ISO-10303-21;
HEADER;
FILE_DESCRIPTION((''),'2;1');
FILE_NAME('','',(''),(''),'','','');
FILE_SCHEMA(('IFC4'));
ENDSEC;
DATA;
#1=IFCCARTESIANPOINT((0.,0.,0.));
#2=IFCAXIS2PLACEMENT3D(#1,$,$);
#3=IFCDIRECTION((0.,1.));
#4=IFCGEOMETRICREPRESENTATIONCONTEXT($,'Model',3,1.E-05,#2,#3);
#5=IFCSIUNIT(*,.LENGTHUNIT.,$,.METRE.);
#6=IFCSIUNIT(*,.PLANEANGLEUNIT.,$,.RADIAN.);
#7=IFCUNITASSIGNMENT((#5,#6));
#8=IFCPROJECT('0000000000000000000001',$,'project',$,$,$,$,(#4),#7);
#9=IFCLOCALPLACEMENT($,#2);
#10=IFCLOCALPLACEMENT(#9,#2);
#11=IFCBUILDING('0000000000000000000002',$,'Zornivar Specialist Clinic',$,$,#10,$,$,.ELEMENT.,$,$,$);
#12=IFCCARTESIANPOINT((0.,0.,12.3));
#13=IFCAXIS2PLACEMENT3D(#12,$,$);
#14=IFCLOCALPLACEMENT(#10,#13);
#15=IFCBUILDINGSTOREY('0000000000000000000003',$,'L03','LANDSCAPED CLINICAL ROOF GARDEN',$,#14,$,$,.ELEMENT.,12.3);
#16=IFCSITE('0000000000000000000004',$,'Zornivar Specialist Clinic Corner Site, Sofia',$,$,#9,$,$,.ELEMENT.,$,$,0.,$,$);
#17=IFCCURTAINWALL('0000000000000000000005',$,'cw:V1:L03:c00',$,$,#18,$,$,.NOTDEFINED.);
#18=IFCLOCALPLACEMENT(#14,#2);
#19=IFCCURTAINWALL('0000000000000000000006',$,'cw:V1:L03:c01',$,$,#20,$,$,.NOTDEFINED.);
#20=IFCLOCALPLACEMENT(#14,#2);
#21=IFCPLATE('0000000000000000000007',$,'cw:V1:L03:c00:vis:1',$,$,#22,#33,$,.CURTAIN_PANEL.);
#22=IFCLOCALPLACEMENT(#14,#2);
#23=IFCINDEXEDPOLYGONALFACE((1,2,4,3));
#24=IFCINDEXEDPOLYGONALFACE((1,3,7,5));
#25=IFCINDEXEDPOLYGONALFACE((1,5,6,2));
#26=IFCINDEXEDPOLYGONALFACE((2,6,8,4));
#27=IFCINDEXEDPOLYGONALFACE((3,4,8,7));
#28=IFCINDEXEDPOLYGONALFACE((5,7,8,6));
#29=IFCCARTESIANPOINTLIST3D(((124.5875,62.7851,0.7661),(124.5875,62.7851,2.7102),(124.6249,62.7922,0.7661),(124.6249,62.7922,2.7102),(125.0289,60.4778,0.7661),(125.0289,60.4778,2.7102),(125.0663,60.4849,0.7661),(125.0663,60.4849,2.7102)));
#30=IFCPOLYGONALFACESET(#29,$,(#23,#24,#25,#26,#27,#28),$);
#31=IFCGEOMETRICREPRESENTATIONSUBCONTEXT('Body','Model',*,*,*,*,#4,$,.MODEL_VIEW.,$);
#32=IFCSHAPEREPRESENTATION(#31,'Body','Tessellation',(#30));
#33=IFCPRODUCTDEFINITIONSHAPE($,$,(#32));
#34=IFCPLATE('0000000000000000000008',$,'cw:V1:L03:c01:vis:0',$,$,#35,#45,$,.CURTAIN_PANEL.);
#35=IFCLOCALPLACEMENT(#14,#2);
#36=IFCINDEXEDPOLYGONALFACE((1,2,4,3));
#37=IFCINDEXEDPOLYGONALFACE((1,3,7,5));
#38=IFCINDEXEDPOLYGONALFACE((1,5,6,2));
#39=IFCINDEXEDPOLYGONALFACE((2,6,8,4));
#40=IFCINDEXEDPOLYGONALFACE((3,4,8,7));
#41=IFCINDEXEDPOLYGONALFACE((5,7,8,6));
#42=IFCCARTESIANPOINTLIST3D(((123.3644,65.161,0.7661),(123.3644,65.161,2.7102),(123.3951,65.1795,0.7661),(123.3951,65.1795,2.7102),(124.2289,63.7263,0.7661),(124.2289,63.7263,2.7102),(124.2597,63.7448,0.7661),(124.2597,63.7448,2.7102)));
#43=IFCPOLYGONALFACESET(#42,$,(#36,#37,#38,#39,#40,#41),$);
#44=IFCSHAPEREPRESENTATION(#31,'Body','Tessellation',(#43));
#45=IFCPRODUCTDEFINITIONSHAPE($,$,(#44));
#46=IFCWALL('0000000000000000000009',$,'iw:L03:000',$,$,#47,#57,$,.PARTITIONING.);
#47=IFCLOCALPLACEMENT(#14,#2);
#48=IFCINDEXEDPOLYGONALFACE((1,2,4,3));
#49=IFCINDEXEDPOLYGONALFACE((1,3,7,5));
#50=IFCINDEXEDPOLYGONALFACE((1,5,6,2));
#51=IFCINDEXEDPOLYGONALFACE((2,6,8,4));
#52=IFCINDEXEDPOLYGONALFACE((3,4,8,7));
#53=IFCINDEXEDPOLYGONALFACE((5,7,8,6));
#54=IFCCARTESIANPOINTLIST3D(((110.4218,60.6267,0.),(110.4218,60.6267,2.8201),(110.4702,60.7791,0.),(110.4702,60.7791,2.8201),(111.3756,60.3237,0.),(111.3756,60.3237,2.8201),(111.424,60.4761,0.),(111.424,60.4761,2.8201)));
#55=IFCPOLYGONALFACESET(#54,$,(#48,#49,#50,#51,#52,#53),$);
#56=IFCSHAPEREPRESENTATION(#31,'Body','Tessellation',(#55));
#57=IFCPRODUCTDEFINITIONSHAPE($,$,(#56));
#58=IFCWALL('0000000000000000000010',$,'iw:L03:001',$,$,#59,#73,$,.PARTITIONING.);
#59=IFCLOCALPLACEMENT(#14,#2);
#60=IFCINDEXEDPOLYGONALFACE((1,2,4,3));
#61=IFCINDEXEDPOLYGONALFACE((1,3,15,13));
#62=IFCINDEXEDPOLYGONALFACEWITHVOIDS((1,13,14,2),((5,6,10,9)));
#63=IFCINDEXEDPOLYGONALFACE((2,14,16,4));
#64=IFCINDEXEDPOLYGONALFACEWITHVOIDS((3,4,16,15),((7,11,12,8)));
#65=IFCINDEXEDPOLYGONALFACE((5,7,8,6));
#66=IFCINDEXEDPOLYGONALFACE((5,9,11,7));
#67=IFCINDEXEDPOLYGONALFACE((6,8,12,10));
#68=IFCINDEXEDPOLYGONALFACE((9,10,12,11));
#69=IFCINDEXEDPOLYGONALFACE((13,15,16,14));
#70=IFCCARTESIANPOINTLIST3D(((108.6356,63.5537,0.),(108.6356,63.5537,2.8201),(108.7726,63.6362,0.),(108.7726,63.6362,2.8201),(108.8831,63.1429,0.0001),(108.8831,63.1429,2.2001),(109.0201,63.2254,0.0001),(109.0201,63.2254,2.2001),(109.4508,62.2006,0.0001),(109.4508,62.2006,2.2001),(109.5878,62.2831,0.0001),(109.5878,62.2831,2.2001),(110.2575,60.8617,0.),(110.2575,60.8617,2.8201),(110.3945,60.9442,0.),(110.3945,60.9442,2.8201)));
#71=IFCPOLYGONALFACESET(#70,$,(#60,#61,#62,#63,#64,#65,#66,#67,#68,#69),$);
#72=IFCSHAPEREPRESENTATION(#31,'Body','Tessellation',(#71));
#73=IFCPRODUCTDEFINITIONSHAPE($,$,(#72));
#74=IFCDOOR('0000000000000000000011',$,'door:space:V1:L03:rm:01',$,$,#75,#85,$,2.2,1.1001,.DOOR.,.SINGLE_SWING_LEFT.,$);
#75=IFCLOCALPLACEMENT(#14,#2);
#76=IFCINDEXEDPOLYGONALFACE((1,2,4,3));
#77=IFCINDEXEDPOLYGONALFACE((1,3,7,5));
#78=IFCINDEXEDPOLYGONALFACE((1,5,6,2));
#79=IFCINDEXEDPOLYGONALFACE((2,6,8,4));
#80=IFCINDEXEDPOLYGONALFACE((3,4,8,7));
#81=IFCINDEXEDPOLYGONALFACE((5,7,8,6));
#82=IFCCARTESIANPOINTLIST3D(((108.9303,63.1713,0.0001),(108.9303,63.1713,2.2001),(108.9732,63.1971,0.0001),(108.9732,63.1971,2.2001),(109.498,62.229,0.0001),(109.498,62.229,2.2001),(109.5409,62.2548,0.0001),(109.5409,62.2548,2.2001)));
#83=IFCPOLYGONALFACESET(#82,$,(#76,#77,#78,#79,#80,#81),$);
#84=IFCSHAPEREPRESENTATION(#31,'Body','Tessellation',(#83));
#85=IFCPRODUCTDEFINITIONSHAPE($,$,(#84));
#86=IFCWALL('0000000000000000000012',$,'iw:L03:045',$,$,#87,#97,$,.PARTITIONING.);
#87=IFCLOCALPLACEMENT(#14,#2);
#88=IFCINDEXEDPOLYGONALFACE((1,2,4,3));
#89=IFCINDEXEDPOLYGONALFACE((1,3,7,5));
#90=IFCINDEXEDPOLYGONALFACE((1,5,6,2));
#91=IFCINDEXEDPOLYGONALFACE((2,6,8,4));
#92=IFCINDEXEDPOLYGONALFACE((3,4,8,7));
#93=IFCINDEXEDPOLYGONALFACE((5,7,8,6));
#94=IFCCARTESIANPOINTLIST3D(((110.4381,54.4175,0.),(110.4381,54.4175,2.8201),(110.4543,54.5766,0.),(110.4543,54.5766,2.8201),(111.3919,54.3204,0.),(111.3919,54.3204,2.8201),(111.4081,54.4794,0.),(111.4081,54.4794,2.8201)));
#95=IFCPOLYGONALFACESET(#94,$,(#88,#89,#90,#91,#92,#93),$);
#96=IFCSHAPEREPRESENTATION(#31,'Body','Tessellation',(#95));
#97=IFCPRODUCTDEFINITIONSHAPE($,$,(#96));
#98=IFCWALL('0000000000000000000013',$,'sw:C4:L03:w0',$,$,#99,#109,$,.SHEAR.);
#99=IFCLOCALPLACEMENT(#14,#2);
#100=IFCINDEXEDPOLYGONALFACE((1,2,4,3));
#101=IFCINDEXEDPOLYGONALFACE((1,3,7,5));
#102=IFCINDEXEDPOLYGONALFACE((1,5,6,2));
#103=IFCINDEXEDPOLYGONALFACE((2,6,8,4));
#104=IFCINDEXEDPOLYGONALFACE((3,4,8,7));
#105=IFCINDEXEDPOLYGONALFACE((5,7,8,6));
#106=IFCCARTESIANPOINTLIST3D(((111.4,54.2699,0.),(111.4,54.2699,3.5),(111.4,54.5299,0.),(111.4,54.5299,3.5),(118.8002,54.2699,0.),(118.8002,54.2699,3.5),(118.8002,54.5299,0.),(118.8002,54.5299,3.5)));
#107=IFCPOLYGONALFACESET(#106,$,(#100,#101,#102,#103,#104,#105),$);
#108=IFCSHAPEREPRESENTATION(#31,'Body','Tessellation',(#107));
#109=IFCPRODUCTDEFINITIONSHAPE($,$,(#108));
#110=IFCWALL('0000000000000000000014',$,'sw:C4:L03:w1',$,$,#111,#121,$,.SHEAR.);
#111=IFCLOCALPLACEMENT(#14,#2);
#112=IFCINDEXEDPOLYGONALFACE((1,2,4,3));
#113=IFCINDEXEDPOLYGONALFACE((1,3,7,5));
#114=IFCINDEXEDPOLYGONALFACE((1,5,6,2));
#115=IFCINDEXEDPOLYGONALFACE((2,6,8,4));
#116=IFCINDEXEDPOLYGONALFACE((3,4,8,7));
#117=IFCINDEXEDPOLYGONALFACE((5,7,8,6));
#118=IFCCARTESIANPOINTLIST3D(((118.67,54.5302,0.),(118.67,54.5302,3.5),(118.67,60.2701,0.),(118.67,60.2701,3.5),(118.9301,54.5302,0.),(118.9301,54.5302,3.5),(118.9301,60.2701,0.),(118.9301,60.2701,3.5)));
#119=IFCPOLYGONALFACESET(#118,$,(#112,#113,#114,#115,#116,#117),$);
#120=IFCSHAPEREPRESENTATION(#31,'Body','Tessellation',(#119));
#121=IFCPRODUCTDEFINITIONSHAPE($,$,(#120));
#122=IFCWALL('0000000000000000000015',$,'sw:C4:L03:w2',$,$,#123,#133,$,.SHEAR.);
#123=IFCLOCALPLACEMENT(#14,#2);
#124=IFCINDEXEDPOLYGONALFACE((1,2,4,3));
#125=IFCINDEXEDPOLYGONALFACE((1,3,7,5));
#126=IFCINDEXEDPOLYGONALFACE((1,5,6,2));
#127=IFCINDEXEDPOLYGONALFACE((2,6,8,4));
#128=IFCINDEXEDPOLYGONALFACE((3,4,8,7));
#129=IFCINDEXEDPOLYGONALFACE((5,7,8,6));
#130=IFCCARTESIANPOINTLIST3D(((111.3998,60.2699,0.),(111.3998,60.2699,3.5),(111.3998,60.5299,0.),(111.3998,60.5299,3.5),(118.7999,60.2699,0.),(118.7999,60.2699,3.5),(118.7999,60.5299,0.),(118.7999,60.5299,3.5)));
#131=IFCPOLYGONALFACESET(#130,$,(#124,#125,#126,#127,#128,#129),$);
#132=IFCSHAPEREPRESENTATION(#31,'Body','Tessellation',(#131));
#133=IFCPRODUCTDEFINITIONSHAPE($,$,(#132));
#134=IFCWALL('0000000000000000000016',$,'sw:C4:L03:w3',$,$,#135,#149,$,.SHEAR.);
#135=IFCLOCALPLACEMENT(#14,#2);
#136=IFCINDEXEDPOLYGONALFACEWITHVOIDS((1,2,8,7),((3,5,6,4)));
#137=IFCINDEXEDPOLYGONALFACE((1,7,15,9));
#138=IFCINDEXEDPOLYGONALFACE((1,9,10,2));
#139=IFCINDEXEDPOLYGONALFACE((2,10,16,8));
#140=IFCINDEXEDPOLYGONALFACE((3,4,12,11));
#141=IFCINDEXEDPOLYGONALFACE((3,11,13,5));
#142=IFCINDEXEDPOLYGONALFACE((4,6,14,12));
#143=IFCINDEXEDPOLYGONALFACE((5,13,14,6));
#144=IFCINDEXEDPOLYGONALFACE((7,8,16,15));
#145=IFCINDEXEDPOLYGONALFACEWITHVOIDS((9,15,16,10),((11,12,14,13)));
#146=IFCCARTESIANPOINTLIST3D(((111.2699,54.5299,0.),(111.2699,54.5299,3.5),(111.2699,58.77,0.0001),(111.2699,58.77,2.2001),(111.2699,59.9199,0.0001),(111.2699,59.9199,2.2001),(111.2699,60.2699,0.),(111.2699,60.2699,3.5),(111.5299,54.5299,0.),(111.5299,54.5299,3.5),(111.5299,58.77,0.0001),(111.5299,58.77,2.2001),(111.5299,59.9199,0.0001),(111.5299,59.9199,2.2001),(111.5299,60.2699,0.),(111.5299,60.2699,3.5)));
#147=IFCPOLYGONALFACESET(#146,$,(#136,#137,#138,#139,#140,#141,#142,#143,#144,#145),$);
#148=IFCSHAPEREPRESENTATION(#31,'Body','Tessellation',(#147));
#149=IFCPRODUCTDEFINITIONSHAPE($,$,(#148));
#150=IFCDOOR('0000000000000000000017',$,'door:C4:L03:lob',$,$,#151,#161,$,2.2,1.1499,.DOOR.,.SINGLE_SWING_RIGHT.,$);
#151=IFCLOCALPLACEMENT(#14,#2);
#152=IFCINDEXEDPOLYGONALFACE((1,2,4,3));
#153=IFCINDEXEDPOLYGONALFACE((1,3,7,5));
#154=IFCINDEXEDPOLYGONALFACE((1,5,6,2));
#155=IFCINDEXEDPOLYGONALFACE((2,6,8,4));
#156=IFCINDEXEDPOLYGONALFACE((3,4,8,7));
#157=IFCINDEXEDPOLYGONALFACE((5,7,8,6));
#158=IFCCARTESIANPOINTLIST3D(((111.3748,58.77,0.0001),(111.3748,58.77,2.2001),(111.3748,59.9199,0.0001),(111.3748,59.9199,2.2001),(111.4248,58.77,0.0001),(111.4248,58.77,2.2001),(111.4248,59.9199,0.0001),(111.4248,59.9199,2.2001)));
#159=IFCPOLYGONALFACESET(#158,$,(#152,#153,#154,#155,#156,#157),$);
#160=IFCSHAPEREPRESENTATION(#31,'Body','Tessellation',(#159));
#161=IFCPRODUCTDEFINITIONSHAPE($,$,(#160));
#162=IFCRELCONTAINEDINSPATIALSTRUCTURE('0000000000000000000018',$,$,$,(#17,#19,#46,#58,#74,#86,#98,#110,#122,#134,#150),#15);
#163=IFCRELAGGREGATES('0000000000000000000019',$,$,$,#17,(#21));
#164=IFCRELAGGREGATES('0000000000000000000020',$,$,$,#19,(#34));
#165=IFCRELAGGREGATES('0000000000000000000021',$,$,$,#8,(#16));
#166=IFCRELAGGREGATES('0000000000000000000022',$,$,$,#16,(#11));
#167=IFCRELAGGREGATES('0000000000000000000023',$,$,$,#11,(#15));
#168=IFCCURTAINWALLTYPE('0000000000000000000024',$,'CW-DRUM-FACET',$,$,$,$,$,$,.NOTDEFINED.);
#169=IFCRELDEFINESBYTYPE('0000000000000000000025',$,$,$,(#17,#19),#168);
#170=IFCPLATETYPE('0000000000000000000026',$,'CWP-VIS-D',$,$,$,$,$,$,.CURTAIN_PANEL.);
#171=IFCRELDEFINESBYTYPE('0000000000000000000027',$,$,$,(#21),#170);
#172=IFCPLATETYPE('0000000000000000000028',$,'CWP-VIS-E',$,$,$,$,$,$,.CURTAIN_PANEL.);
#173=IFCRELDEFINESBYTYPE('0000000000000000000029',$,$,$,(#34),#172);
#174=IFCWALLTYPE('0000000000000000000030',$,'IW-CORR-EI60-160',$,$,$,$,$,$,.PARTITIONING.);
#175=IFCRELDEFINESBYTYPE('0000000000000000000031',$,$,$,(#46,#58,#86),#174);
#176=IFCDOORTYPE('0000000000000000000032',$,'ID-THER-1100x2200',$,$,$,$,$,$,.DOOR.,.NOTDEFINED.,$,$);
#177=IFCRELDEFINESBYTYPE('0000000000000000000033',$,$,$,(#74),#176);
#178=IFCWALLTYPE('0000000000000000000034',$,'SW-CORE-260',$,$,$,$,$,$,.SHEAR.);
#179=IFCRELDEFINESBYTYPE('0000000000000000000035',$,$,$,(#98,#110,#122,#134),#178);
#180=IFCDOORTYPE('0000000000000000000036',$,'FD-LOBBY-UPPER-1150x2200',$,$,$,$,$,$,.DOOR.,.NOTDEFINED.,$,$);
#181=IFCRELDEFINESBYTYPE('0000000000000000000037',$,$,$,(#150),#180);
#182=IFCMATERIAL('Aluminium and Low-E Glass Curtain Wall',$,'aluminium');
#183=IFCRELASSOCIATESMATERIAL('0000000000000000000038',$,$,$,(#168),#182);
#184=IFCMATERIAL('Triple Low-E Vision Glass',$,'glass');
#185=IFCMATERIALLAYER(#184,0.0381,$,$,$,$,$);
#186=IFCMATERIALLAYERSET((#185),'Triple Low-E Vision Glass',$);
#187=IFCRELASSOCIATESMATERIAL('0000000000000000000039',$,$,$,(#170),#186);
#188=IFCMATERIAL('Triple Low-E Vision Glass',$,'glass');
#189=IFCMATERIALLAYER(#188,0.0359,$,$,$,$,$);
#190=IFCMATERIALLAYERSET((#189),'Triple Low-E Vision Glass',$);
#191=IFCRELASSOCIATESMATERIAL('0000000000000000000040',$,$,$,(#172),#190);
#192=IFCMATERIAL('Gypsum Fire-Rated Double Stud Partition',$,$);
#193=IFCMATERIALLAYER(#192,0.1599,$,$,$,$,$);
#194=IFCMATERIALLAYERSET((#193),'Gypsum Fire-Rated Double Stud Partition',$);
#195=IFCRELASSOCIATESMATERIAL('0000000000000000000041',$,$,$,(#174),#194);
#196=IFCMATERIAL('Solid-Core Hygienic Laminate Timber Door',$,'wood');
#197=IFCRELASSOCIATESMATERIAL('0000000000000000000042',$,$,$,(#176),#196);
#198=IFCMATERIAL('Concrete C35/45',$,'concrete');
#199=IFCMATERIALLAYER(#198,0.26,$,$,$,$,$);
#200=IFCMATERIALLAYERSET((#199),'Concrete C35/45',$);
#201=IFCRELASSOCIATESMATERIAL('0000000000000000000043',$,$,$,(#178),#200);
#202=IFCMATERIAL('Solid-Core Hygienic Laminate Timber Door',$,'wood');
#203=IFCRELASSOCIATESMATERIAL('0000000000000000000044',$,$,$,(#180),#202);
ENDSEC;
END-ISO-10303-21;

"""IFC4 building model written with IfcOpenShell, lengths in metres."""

from ifc_helpers import new_model, si_unit, direction, frame, frame_2d, origin, origin_2d, place, context, subcontext, project, spatial, rectangle, extrude, material, layer, layer_set, type_object, element, fill, aggregate, save


model = new_model("IFC4")

# Units and contexts
model_context = context("Model", 3, precision=1e-05, world=origin(), true_north=direction((0.0, 1.0)))
body_context = subcontext(model_context, "Body", "Model", "MODEL_VIEW")
ifc_project = project(units=[si_unit("LENGTHUNIT", "METRE"), si_unit("PLANEANGLEUNIT", "RADIAN")], contexts=[model_context])

# Site, building, storey
site_placement = place(None, origin())
site = spatial("IfcSite", under=ifc_project, at=site_placement, Name="Zornivar Specialist Clinic Corner Site, Sofia", CompositionType="ELEMENT", RefElevation=0.0)
building_placement = place(site_placement, origin())
building = spatial("IfcBuilding", under=site, at=building_placement, Name="Zornivar Specialist Clinic", CompositionType="ELEMENT")
storey_placement = place(building_placement, frame((0.0, 0.0, 12.3)))
storey = spatial("IfcBuildingStorey", under=building, at=storey_placement, Name="L03", Description="LANDSCAPED CLINICAL ROOF GARDEN", CompositionType="ELEMENT", Elevation=12.3)

# Curtain wall
ifc_material_1 = material(Name="Aluminium and Low-E Glass Curtain Wall", Category="aluminium")
curtain_wall_type = type_object("IfcCurtainWallType", Name="CW-DRUM-FACET", PredefinedType="NOTDEFINED", material=ifc_material_1)
curtain_wall_1_placement = place(storey_placement, origin())
curtain_wall_1 = element("IfcCurtainWall", 1, at=curtain_wall_1_placement, inside=storey, type_object=curtain_wall_type, Name="cw:V1:L03:c00", PredefinedType="NOTDEFINED")

# Curtain wall
curtain_wall_2_placement = place(storey_placement, origin())
curtain_wall_2 = element("IfcCurtainWall", 2, at=curtain_wall_2_placement, inside=storey, type_object=curtain_wall_type, Name="cw:V1:L03:c01", PredefinedType="NOTDEFINED")

# Plates
ifc_material_2 = material(Name="Triple Low-E Vision Glass", Category="glass")
ifc_layer_1 = layer(ifc_material_2, 0.0381)
ifc_layer_set_1 = layer_set([ifc_layer_1], Name="Triple Low-E Vision Glass")
plate_type_1 = type_object("IfcPlateType", Name="CWP-VIS-D", PredefinedType="CURTAIN_PANEL", material=ifc_layer_set_1)
plate_1_placement = place(storey_placement, frame((124.8269, 61.635, 0.7661), z_axis=(0.0, 0.0, 1.0), x_axis=(-0.187897, 0.982189, 0.0)))
plate_1 = element("IfcPlate", 3, at=plate_1_placement, type_object=plate_type_1, Name="cw:V1:L03:c00:vis:1", PredefinedType="CURTAIN_PANEL", context=body_context, shape_type="SweptSolid", body=[
    extrude(rectangle(XDim=2.3491, YDim=0.0381, at=origin_2d()), origin(), (0.0, 0.0, 1.0), 1.9441),
])
aggregate(curtain_wall_1, [plate_1])
ifc_material_3 = material(Name="Triple Low-E Vision Glass", Category="glass")
ifc_layer_2 = layer(ifc_material_3, 0.0359)
ifc_layer_set_2 = layer_set([ifc_layer_2], Name="Triple Low-E Vision Glass")
plate_type_2 = type_object("IfcPlateType", Name="CWP-VIS-E", PredefinedType="CURTAIN_PANEL", material=ifc_layer_set_2)
plate_2_placement = place(storey_placement, frame((123.812, 64.4529, 0.7661), z_axis=(0.0, 0.0, 1.0), x_axis=(-0.516127, 0.856512, 0.0)))
plate_2 = element("IfcPlate", 4, at=plate_2_placement, type_object=plate_type_2, Name="cw:V1:L03:c01:vis:0", PredefinedType="CURTAIN_PANEL", context=body_context, shape_type="SweptSolid", body=[
    extrude(rectangle(XDim=1.675, YDim=0.0359, at=origin_2d()), origin(), (0.0, 0.0, 1.0), 1.9441),
])
aggregate(curtain_wall_2, [plate_2])

# Wall
ifc_material_4 = material(Name="Gypsum Fire-Rated Double Stud Partition")
ifc_layer_3 = layer(ifc_material_4, 0.1599)
ifc_layer_set_3 = layer_set([ifc_layer_3], Name="Gypsum Fire-Rated Double Stud Partition")
wall_type_1 = type_object("IfcWallType", Name="IW-CORR-EI60-160", PredefinedType="PARTITIONING", material=ifc_layer_set_3)
wall_1_placement = place(storey_placement, frame((111.3999, 60.3999, 0.0), z_axis=(0.0, 0.0, 1.0), x_axis=(-0.953076, 0.30273, 0.0)))
element("IfcWall", 5, at=wall_1_placement, inside=storey, type_object=wall_type_1, Name="iw:L03:000", PredefinedType="PARTITIONING", context=body_context, shape_type="SweptSolid", body=[
    extrude(rectangle(XDim=1.0007, YDim=0.1599, at=frame_2d((0.5005, 0.0))), origin(), (0.0, 0.0, 1.0), 2.8201),
])

# Wall, opening, door
wall_2_placement = place(storey_placement, frame((110.3259, 60.9031, 0.0), z_axis=(0.0, 0.0, 1.0), x_axis=(-0.51606, 0.856552, 0.0)))
wall_2 = element("IfcWall", 6, at=wall_2_placement, inside=storey, type_object=wall_type_1, Name="iw:L03:001", PredefinedType="PARTITIONING", context=body_context, shape_type="SweptSolid", body=[
    extrude(rectangle(XDim=3.1428, YDim=0.1599, at=frame_2d((1.5713, 0.0))), origin(), (0.0, 0.0, 1.0), 2.8201),
])
opening_1_placement = place(wall_2_placement, frame((1.563, 0.0, 0.0)))
opening_1 = element("IfcOpeningElement", 7, at=opening_1_placement, cuts=wall_2, PredefinedType="OPENING", context=body_context, shape_type="SweptSolid", body=[
    extrude(rectangle(XDim=1.1001, YDim=2.2, at=frame_2d((0.55, 1.1001))), frame((0.0, 0.0898, 0.0), z_axis=(0.0, -1.0, 0.0), x_axis=(1.0, 0.0, 0.0)), (0.0, 0.0, 1.0), 0.1799),
])
ifc_material_5 = material(Name="Solid-Core Hygienic Laminate Timber Door", Category="wood")
door_type_1 = type_object("IfcDoorType", Name="ID-THER-1100x2200", OperationType="NOTDEFINED", PredefinedType="DOOR", material=ifc_material_5)
door_1_placement = place(opening_1_placement, origin())
door_1 = element("IfcDoor", 8, at=door_1_placement, inside=storey, type_object=door_type_1, Name="door:space:V1:L03:rm:01", OperationType="SINGLE_SWING_LEFT", OverallHeight=2.2, OverallWidth=1.1001, PredefinedType="DOOR", context=body_context, shape_type="SweptSolid", body=[
    extrude(rectangle(XDim=1.1001, YDim=2.2, at=frame_2d((0.55, 1.1001))), frame((0.0, 0.0249, 0.0), z_axis=(0.0, -1.0, 0.0), x_axis=(1.0, 0.0, 0.0)), (0.0, 0.0, 1.0), 0.05),
])
fill(opening_1, door_1)

# Walls
wall_3_placement = place(storey_placement, frame((110.446, 54.4971, 0.0), z_axis=(0.0, 0.0, 1.0), x_axis=(0.994851, -0.101344, 0.0)))
element("IfcWall", 9, at=wall_3_placement, inside=storey, type_object=wall_type_1, Name="iw:L03:045", PredefinedType="PARTITIONING", context=body_context, shape_type="SweptSolid", body=[
    extrude(rectangle(XDim=0.9587, YDim=0.1599, at=frame_2d((0.4795, 0.0))), origin(), (0.0, 0.0, 1.0), 2.8201),
])
ifc_material_6 = material(Name="Concrete C35/45", Category="concrete")
ifc_layer_4 = layer(ifc_material_6, 0.26)
ifc_layer_set_4 = layer_set([ifc_layer_4], Name="Concrete C35/45")
wall_type_2 = type_object("IfcWallType", Name="SW-CORE-260", PredefinedType="SHEAR", material=ifc_layer_set_4)
wall_4_placement = place(storey_placement, frame((111.3999, 54.3999, 0.0), z_axis=(0.0, 0.0, 1.0), x_axis=(1.0, 0.0, 0.0)))
element("IfcWall", 10, at=wall_4_placement, inside=storey, type_object=wall_type_2, Name="sw:C4:L03:w0", PredefinedType="SHEAR", context=body_context, shape_type="SweptSolid", body=[
    extrude(rectangle(XDim=7.4001, YDim=0.26, at=frame_2d((3.7002, 0.0))), origin(), (0.0, 0.0, 1.0), 3.5),
])
wall_5_placement = place(storey_placement, frame((118.8, 54.53, 0.0), z_axis=(0.0, 0.0, 1.0), x_axis=(0.0, 1.0, 0.0)))
element("IfcWall", 11, at=wall_5_placement, inside=storey, type_object=wall_type_2, Name="sw:C4:L03:w1", PredefinedType="SHEAR", context=body_context, shape_type="SweptSolid", body=[
    extrude(rectangle(XDim=5.74, YDim=0.26, at=frame_2d((2.8701, 0.0))), origin(), (0.0, 0.0, 1.0), 3.5),
])
wall_6_placement = place(storey_placement, frame((118.8, 60.3999, 0.0), z_axis=(0.0, 0.0, 1.0), x_axis=(-1.0, 0.0, 0.0)))
element("IfcWall", 12, at=wall_6_placement, inside=storey, type_object=wall_type_2, Name="sw:C4:L03:w2", PredefinedType="SHEAR", context=body_context, shape_type="SweptSolid", body=[
    extrude(rectangle(XDim=7.4001, YDim=0.26, at=frame_2d((3.7002, 0.0))), origin(), (0.0, 0.0, 1.0), 3.5),
])

# Wall, opening, door
wall_7_placement = place(storey_placement, frame((111.3999, 60.27, 0.0), z_axis=(0.0, 0.0, 1.0), x_axis=(0.0, -1.0, 0.0)))
wall_7 = element("IfcWall", 13, at=wall_7_placement, inside=storey, type_object=wall_type_2, Name="sw:C4:L03:w3", PredefinedType="SHEAR", context=body_context, shape_type="SweptSolid", body=[
    extrude(rectangle(XDim=5.74, YDim=0.26, at=frame_2d((2.8701, 0.0))), origin(), (0.0, 0.0, 1.0), 3.5),
])
opening_2_placement = place(wall_7_placement, frame((0.3501, 0.0, 0.0)))
opening_2 = element("IfcOpeningElement", 14, at=opening_2_placement, cuts=wall_7, PredefinedType="OPENING", context=body_context, shape_type="SweptSolid", body=[
    extrude(rectangle(XDim=1.1499, YDim=2.2, at=frame_2d((0.575, 1.1001))), frame((0.0, 0.1399, 0.0), z_axis=(0.0, -1.0, 0.0), x_axis=(1.0, 0.0, 0.0)), (0.0, 0.0, 1.0), 0.28),
])
ifc_material_7 = material(Name="Solid-Core Hygienic Laminate Timber Door", Category="wood")
door_type_2 = type_object("IfcDoorType", Name="FD-LOBBY-UPPER-1150x2200", OperationType="NOTDEFINED", PredefinedType="DOOR", material=ifc_material_7)
door_2_placement = place(opening_2_placement, origin())
door_2 = element("IfcDoor", 15, at=door_2_placement, inside=storey, type_object=door_type_2, Name="door:C4:L03:lob", OperationType="SINGLE_SWING_RIGHT", OverallHeight=2.2, OverallWidth=1.1499, PredefinedType="DOOR", context=body_context, shape_type="SweptSolid", body=[
    extrude(rectangle(XDim=1.1499, YDim=2.2, at=frame_2d((0.575, 1.1001))), frame((0.0, 0.0249, 0.0), z_axis=(0.0, -1.0, 0.0), x_axis=(1.0, 0.0, 0.0)), (0.0, 0.0, 1.0), 0.05),
])
fill(opening_2, door_2)

save(model, "model.ifc")
